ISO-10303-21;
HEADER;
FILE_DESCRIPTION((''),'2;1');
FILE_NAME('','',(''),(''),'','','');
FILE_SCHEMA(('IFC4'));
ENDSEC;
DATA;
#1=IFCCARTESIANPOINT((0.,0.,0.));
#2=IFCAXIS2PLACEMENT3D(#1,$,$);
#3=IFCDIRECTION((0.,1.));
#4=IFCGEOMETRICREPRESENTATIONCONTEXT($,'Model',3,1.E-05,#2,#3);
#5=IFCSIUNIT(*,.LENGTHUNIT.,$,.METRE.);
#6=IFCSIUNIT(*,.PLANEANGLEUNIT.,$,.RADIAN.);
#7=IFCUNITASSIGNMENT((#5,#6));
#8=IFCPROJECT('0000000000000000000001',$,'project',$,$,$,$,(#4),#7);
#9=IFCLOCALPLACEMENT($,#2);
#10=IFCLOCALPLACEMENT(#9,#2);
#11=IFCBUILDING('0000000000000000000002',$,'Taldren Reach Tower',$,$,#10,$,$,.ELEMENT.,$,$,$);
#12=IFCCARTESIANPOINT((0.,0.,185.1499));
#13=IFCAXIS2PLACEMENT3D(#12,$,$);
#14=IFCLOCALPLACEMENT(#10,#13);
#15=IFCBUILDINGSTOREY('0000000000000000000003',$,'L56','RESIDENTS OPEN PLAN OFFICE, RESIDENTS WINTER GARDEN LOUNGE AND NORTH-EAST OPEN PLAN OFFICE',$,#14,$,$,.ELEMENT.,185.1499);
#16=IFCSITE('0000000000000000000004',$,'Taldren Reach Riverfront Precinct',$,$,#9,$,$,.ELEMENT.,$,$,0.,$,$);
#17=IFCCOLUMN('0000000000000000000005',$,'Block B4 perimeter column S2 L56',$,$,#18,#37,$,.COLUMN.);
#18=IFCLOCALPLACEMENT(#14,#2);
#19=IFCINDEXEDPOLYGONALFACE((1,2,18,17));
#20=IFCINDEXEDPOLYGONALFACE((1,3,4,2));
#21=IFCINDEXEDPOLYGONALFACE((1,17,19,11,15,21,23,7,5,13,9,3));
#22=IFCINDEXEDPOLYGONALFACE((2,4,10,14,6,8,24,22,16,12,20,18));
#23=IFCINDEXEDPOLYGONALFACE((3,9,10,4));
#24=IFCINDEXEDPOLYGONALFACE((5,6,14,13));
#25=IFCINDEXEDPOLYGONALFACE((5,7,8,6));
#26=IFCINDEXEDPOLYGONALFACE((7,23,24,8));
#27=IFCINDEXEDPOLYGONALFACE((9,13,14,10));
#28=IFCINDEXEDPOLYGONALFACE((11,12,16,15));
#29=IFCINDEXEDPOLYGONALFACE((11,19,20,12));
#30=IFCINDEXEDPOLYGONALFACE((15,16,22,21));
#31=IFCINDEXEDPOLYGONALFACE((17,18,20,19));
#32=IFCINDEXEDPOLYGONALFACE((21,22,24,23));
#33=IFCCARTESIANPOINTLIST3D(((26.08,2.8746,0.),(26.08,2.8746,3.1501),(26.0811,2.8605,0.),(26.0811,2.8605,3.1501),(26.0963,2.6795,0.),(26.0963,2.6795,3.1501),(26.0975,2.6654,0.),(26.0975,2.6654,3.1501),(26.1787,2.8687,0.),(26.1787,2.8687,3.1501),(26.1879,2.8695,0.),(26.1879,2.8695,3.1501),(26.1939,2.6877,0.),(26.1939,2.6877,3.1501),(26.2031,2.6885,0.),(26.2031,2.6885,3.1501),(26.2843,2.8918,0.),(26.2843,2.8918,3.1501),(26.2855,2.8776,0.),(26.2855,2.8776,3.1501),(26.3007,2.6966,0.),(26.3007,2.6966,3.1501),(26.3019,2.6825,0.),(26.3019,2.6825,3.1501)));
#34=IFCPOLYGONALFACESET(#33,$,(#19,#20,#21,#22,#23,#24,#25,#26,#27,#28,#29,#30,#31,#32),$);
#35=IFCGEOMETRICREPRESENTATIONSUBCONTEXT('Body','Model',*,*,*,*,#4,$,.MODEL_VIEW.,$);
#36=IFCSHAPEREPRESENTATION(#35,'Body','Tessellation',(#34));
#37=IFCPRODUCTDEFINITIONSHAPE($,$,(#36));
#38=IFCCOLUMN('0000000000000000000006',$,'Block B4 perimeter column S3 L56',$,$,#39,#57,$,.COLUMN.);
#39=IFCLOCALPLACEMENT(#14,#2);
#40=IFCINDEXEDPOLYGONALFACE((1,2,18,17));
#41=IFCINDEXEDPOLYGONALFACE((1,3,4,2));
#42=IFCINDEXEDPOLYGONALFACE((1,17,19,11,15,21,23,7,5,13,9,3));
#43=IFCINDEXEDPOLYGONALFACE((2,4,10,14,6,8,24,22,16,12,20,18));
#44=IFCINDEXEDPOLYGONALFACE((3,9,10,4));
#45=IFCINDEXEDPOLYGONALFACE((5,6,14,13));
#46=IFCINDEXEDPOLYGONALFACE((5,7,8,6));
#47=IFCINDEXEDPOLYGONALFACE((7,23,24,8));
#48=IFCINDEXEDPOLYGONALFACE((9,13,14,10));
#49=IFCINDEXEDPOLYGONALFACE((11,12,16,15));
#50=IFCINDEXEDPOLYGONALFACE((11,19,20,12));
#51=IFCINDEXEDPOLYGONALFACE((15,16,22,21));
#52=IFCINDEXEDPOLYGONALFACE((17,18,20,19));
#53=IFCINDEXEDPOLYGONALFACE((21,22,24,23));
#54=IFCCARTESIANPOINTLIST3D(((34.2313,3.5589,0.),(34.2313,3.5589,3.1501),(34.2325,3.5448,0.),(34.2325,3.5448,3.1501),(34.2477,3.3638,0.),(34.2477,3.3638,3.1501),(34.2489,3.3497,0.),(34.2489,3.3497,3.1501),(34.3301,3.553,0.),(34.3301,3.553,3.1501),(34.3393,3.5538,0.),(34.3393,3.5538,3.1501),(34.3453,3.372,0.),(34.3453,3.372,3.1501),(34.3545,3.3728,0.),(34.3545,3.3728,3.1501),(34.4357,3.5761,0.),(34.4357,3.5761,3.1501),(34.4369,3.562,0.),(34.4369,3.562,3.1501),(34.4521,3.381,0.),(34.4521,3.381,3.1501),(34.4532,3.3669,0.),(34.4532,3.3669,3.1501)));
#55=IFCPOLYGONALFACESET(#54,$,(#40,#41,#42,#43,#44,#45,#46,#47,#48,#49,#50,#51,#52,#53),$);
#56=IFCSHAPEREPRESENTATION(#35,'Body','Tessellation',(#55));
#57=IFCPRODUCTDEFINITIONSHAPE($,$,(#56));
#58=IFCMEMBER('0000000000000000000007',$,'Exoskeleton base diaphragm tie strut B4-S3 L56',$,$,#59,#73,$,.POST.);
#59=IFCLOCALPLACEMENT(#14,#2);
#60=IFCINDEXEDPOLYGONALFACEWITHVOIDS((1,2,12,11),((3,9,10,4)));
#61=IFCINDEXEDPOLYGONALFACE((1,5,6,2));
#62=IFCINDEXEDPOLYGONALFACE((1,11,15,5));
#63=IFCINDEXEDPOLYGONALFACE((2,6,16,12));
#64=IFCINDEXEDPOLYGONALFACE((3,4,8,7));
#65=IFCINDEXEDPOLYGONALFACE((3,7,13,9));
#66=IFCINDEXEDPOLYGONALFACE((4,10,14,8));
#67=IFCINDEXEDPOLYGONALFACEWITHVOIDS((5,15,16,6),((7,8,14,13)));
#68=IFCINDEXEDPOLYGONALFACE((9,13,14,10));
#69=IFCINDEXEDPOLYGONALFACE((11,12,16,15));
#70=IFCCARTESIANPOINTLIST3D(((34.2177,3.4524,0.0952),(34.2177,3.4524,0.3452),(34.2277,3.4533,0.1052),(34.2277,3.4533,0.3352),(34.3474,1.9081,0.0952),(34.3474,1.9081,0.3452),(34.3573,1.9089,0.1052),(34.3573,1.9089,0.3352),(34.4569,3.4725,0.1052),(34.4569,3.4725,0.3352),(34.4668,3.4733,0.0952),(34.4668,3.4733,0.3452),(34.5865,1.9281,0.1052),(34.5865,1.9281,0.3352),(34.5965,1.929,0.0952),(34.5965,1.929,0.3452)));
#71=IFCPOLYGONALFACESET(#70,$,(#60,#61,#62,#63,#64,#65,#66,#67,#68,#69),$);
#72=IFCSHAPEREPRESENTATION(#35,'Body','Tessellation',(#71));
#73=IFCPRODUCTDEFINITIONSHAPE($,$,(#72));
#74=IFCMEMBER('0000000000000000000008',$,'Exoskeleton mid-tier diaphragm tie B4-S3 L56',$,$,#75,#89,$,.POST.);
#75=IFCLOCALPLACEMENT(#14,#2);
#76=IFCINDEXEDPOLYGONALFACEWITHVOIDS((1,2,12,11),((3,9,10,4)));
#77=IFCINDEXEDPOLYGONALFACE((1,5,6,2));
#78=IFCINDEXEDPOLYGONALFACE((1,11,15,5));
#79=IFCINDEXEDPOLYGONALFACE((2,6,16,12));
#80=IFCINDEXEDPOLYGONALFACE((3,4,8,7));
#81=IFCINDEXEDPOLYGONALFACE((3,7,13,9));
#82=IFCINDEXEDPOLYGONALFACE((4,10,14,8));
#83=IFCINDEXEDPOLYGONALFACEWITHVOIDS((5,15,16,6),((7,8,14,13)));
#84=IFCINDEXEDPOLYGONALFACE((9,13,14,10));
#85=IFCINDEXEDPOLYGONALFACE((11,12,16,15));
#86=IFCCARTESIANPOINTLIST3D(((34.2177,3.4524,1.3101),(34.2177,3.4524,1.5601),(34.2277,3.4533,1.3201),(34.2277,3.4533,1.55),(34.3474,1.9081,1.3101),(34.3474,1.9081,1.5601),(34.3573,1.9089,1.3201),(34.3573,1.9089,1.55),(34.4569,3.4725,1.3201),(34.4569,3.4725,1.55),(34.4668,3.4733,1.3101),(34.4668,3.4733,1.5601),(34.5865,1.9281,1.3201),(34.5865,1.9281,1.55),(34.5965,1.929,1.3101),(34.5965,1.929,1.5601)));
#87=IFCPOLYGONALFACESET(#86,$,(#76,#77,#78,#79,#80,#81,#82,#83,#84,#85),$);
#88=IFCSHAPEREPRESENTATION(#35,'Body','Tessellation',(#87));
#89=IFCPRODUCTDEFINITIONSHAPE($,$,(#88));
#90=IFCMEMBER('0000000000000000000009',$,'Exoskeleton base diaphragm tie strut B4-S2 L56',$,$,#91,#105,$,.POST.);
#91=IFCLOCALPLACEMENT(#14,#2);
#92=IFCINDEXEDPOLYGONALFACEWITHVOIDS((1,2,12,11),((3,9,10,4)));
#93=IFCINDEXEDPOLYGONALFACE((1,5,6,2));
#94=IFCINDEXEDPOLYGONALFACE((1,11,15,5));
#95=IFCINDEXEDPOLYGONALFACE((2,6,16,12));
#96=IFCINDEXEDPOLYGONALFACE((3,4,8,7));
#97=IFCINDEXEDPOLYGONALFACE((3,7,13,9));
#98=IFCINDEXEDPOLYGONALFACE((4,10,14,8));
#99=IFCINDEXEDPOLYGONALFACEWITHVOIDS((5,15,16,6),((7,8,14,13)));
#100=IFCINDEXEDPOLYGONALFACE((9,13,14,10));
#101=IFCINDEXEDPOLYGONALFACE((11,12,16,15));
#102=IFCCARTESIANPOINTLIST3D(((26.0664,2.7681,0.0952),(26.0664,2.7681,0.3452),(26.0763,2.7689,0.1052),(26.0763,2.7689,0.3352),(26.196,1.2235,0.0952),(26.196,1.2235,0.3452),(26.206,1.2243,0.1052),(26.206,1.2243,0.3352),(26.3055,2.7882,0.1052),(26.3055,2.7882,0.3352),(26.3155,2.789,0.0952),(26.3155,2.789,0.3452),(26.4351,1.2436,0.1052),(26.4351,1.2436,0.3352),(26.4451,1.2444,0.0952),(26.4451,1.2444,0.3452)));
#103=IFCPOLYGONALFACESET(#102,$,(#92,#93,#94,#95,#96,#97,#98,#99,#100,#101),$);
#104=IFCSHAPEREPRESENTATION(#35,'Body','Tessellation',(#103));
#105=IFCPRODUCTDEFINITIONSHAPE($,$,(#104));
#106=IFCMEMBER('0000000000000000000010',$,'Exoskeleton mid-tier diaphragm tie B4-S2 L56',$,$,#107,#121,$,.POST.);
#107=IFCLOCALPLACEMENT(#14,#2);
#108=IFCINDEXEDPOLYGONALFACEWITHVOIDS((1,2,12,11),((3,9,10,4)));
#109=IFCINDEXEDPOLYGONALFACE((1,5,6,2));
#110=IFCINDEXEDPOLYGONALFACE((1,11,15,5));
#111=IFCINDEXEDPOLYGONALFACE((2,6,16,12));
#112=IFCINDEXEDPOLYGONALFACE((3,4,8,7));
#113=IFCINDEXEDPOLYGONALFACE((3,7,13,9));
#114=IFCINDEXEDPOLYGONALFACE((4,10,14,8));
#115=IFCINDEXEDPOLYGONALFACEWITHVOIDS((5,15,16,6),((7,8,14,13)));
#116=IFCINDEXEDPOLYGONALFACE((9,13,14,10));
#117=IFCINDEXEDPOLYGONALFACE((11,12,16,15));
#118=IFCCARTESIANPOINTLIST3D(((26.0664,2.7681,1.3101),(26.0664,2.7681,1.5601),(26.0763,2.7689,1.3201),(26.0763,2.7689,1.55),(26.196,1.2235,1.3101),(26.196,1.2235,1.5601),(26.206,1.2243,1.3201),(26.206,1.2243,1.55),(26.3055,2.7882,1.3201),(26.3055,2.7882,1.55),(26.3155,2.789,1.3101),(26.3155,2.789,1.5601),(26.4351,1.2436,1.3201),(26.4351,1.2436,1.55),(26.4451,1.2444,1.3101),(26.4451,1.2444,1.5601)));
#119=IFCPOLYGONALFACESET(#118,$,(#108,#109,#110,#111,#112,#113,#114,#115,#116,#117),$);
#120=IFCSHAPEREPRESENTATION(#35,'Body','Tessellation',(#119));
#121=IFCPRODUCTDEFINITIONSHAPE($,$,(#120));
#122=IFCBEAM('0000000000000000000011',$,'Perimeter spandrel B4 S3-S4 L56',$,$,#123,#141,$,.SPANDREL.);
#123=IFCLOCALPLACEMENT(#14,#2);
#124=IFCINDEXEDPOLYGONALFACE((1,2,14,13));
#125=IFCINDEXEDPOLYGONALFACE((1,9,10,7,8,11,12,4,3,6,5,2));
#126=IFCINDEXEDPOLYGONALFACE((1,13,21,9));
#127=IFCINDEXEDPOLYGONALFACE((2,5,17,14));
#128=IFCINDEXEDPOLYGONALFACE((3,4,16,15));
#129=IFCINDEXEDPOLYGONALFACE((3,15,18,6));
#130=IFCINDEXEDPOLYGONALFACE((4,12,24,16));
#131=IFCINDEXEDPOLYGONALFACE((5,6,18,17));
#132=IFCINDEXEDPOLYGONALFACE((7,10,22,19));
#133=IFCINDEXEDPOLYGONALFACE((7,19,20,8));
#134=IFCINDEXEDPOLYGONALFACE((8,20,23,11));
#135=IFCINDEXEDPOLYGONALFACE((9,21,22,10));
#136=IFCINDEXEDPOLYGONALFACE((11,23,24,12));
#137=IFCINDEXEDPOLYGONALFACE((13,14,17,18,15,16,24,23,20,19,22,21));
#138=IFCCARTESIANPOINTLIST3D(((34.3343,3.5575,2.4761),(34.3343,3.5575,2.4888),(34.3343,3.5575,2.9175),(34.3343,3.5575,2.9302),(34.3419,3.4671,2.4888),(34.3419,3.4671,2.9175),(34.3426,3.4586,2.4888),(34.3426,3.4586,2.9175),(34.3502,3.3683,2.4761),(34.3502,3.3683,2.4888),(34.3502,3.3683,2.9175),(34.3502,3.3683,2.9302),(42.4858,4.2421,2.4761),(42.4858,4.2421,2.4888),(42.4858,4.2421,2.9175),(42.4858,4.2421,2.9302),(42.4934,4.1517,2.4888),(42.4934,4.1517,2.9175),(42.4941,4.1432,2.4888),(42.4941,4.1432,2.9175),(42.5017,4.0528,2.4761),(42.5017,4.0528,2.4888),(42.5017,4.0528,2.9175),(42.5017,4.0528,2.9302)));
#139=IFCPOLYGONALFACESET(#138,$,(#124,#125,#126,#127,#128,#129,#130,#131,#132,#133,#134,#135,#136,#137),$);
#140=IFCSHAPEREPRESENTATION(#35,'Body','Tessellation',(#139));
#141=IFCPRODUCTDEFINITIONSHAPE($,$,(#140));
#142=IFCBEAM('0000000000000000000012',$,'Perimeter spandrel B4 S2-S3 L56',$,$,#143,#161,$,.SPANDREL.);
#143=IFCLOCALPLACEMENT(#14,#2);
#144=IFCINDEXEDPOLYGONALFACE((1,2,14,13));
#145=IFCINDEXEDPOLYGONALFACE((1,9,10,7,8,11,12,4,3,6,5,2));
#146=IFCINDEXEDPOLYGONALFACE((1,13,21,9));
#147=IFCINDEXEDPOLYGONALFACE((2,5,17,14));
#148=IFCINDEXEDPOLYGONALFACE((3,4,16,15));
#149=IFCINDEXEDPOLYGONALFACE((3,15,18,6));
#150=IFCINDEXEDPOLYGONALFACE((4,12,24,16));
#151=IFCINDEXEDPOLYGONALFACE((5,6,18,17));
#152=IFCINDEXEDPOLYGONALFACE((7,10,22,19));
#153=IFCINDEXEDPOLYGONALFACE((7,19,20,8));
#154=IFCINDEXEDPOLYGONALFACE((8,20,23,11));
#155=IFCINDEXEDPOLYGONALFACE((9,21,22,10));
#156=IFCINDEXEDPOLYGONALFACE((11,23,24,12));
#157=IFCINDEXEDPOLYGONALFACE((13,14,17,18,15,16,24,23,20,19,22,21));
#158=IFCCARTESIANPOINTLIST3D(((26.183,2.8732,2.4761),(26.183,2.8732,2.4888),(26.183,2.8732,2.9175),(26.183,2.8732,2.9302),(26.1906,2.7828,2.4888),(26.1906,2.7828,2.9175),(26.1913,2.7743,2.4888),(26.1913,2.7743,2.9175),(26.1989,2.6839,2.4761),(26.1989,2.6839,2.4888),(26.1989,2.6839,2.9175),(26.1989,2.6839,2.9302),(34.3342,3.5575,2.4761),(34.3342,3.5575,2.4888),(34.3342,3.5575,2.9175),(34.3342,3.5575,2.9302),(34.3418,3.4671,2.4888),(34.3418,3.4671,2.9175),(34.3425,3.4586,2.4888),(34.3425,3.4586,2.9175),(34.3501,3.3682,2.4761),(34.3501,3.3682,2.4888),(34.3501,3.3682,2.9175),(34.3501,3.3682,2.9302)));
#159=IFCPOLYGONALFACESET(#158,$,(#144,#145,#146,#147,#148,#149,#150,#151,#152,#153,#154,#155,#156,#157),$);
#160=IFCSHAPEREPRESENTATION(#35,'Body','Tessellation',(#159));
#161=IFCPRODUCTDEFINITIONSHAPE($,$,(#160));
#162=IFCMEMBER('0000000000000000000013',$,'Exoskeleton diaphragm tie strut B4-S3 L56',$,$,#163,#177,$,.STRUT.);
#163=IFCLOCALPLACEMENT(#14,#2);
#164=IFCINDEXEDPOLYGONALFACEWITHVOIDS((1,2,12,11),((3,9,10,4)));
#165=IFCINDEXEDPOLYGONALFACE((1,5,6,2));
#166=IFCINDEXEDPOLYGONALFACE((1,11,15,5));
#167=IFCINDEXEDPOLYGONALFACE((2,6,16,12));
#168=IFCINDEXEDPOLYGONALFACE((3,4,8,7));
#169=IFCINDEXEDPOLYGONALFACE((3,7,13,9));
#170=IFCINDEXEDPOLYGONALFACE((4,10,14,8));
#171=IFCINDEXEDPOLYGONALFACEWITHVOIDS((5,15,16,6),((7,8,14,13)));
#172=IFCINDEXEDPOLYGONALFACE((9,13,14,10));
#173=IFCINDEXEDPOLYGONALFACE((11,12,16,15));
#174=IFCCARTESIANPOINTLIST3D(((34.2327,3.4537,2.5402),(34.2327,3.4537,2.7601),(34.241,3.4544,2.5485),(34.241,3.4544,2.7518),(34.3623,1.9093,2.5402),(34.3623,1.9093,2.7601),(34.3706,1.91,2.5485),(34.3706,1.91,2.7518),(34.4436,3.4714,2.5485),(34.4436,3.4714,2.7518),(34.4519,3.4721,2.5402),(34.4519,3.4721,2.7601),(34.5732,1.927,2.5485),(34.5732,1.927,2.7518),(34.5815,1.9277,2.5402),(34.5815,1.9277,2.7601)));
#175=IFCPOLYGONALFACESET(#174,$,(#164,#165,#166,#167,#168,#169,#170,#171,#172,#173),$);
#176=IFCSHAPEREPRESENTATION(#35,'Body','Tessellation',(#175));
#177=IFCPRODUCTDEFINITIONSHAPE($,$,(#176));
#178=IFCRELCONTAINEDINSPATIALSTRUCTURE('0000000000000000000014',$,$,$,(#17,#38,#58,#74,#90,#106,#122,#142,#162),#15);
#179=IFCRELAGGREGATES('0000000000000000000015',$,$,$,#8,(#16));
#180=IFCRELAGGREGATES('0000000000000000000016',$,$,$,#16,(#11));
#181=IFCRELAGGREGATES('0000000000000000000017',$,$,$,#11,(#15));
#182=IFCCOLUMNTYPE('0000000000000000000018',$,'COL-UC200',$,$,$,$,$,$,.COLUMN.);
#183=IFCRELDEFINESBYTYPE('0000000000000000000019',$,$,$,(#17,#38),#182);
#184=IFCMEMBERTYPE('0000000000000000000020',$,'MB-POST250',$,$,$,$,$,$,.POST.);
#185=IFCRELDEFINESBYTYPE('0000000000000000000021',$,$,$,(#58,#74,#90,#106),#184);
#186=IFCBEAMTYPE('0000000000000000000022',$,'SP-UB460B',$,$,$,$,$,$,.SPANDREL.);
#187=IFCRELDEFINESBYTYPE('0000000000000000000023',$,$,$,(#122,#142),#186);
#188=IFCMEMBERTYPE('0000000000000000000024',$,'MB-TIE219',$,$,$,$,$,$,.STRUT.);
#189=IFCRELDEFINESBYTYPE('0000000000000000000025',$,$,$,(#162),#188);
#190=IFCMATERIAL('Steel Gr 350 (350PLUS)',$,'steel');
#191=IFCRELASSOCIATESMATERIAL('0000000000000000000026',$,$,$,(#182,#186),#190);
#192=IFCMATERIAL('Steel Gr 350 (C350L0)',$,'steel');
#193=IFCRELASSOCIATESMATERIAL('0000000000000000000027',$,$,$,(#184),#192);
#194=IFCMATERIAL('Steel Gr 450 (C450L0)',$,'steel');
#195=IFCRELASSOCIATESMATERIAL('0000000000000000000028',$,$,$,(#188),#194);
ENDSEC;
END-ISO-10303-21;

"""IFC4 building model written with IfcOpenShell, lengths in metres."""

from ifc_helpers import new_model, si_unit, direction, frame, origin, origin_2d, place, context, subcontext, project, spatial, hollow_rectangle, i_section, extrude, source, transform, mapped, material, material_profile, profile_set, type_object, element, save


model = new_model("IFC4")

# Units and contexts
model_context = context("Model", 3, precision=1e-05, world=origin(), true_north=direction((0.0, 1.0)))
body_context = subcontext(model_context, "Body", "Model", "MODEL_VIEW")
ifc_project = project(units=[si_unit("LENGTHUNIT", "METRE"), si_unit("PLANEANGLEUNIT", "RADIAN")], contexts=[model_context])

# Site, building, storey
site_placement = place(None, origin())
site = spatial("IfcSite", under=ifc_project, at=site_placement, Name="Taldren Reach Riverfront Precinct", CompositionType="ELEMENT", RefElevation=0.0)
building_placement = place(site_placement, origin())
building = spatial("IfcBuilding", under=site, at=building_placement, Name="Taldren Reach Tower", CompositionType="ELEMENT")
storey_placement = place(building_placement, frame((0.0, 0.0, 185.1499)))
storey = spatial("IfcBuildingStorey", under=building, at=storey_placement, Name="L56", Description="RESIDENTS OPEN PLAN OFFICE, RESIDENTS WINTER GARDEN LOUNGE AND NORTH-EAST OPEN PLAN OFFICE", CompositionType="ELEMENT", Elevation=185.1499)

# Columns
ifc_material_1 = material(Name="Steel Gr 350 (350PLUS)", Category="steel")
ifc_material_profile_1 = material_profile(ifc_material_1, i_section(OverallWidth=0.2051, OverallDepth=0.21, WebThickness=0.0093, FlangeThickness=0.0142, at=origin_2d()), Name="200UC59.5")
ifc_profile_set_1 = profile_set([ifc_material_profile_1], Name="Steel Gr 350 (350PLUS)")
column_type = type_object("IfcColumnType", Name="COL-UC200", PredefinedType="COLUMN", material=ifc_profile_set_1)
shared_shape_1 = source(origin(), body_context, "Body", "SweptSolid", [
    extrude(i_section(OverallWidth=0.2051, OverallDepth=0.21, WebThickness=0.0093, FlangeThickness=0.0142, at=origin_2d()), origin(), (0.0, 0.0, 1.0), 3.1501),
])
for number, where, z_axis, x_axis, name in (
    (1, (26.1909, 2.7786, 0.0), (0.0, 0.0, 1.0), (0.996493, 0.083678, 0.0), "Block B4 perimeter column S2 L56"),
    (2, (34.3423, 3.4629, 0.0), (0.0, 0.0, 1.0), (0.996493, 0.083678, 0.0), "Block B4 perimeter column S3 L56"),
):
    element("IfcColumn", number, at=place(storey_placement, frame(where, z_axis=z_axis, x_axis=x_axis)), inside=storey, type_object=column_type, Name=name, PredefinedType="COLUMN", context=body_context, shape_type="MappedRepresentation", body=[
        mapped(shared_shape_1, transform((0.0, 0.0, 0.0), scale=1.0)),
    ])

# Members
ifc_material_2 = material(Name="Steel Gr 350 (C350L0)", Category="steel")
ifc_material_profile_2 = material_profile(ifc_material_2, hollow_rectangle(XDim=0.25, YDim=0.25, WallThickness=0.01, at=origin_2d()), Name="250x250x10.0SHS")
ifc_profile_set_2 = profile_set([ifc_material_profile_2], Name="Steel Gr 350 (C350L0)")
member_type_1 = type_object("IfcMemberType", Name="MB-POST250", PredefinedType="POST", material=ifc_profile_set_2)
shared_shape_2 = source(origin(), body_context, "Body", "SweptSolid", [
    extrude(hollow_rectangle(XDim=0.25, YDim=0.25, WallThickness=0.01, at=origin_2d()), origin(), (0.0, 0.0, 1.0), 1.5498),
])
for number, where, z_axis, x_axis, name in (
    (3, (34.3423, 3.4629, 0.2202), (0.083645, -0.996496, 0.0), (0.996496, 0.083645, 0.0), "Exoskeleton base diaphragm tie strut B4-S3 L56"),
    (4, (34.3423, 3.4629, 1.4351), (0.083645, -0.996496, 0.0), (0.996496, 0.083645, 0.0), "Exoskeleton mid-tier diaphragm tie B4-S3 L56"),
):
    element("IfcMember", number, at=place(storey_placement, frame(where, z_axis=z_axis, x_axis=x_axis)), inside=storey, type_object=member_type_1, Name=name, PredefinedType="POST", context=body_context, shape_type="MappedRepresentation", body=[
        mapped(shared_shape_2, transform((0.0, 0.0, 0.0), scale=1.0)),
    ])
shared_shape_3 = source(origin(), body_context, "Body", "SweptSolid", [
    extrude(hollow_rectangle(XDim=0.25, YDim=0.25, WallThickness=0.01, at=origin_2d()), origin(), (0.0, 0.0, 1.0), 1.55),
])
for number, where, z_axis, x_axis, name in (
    (5, (26.1909, 2.7786, 0.2202), (0.083632, -0.996497, 0.0), (0.996497, 0.083632, 0.0), "Exoskeleton base diaphragm tie strut B4-S2 L56"),
    (6, (26.1909, 2.7786, 1.4351), (0.083632, -0.996497, 0.0), (0.996497, 0.083632, 0.0), "Exoskeleton mid-tier diaphragm tie B4-S2 L56"),
):
    element("IfcMember", number, at=place(storey_placement, frame(where, z_axis=z_axis, x_axis=x_axis)), inside=storey, type_object=member_type_1, Name=name, PredefinedType="POST", context=body_context, shape_type="MappedRepresentation", body=[
        mapped(shared_shape_3, transform((0.0, 0.0, 0.0), scale=1.0)),
    ])

# Beams
ifc_material_profile_3 = material_profile(ifc_material_1, i_section(OverallWidth=0.1899, OverallDepth=0.4541, WebThickness=0.0085, FlangeThickness=0.0127, at=origin_2d()), Name="460UB67.1")
ifc_profile_set_3 = profile_set([ifc_material_profile_3], Name="Steel Gr 350 (350PLUS)")
beam_type = type_object("IfcBeamType", Name="SP-UB460B", PredefinedType="SPANDREL", material=ifc_profile_set_3)
shared_shape_4 = source(origin(), body_context, "Body", "SweptSolid", [
    extrude(i_section(OverallWidth=0.1899, OverallDepth=0.4541, WebThickness=0.0085, FlangeThickness=0.0127, at=origin_2d()), origin(), (0.0, 0.0, 1.0), 8.1802),
])
beam_1_placement = place(storey_placement, frame((34.3423, 3.4629, 2.7031), z_axis=(0.996492, 0.083688, 0.0), x_axis=(-0.083688, 0.996492, 0.0)))
element("IfcBeam", 7, at=beam_1_placement, inside=storey, type_object=beam_type, Name="Perimeter spandrel B4 S3-S4 L56", PredefinedType="SPANDREL", context=body_context, shape_type="MappedRepresentation", body=[
    mapped(shared_shape_4, transform((0.0, 0.0, 0.0), scale=1.0)),
])
shared_shape_5 = source(origin(), body_context, "Body", "SweptSolid", [
    extrude(i_section(OverallWidth=0.1899, OverallDepth=0.4541, WebThickness=0.0085, FlangeThickness=0.0127, at=origin_2d()), origin(), (0.0, 0.0, 1.0), 8.1799),
])
beam_2_placement = place(storey_placement, frame((26.1909, 2.7786, 2.7031), z_axis=(0.996495, 0.083658, 0.0), x_axis=(-0.083658, 0.996495, 0.0)))
element("IfcBeam", 8, at=beam_2_placement, inside=storey, type_object=beam_type, Name="Perimeter spandrel B4 S2-S3 L56", PredefinedType="SPANDREL", context=body_context, shape_type="MappedRepresentation", body=[
    mapped(shared_shape_5, transform((0.0, 0.0, 0.0), scale=1.0)),
])

# Member
ifc_material_3 = material(Name="Steel Gr 450 (C450L0)", Category="steel")
ifc_material_profile_4 = material_profile(ifc_material_3, hollow_rectangle(XDim=0.22, YDim=0.22, WallThickness=0.0083, at=origin_2d()), Name="220x220x8.2SHS")
ifc_profile_set_4 = profile_set([ifc_material_profile_4], Name="Steel Gr 450 (C450L0)")
member_type_2 = type_object("IfcMemberType", Name="MB-TIE219", PredefinedType="STRUT", material=ifc_profile_set_4)
shared_shape_6 = source(origin(), body_context, "Body", "SweptSolid", [
    extrude(hollow_rectangle(XDim=0.22, YDim=0.22, WallThickness=0.0083, at=origin_2d()), origin(), (0.0, 0.0, 1.0), 1.5498),
])
member_1_placement = place(storey_placement, frame((34.3423, 3.4629, 2.6501), z_axis=(0.083645, -0.996496, 0.0), x_axis=(0.996496, 0.083645, 0.0)))
element("IfcMember", 9, at=member_1_placement, inside=storey, type_object=member_type_2, Name="Exoskeleton diaphragm tie strut B4-S3 L56", PredefinedType="STRUT", context=body_context, shape_type="MappedRepresentation", body=[
    mapped(shared_shape_6, transform((0.0, 0.0, 0.0), scale=1.0)),
])

save(model, "model.ifc")
